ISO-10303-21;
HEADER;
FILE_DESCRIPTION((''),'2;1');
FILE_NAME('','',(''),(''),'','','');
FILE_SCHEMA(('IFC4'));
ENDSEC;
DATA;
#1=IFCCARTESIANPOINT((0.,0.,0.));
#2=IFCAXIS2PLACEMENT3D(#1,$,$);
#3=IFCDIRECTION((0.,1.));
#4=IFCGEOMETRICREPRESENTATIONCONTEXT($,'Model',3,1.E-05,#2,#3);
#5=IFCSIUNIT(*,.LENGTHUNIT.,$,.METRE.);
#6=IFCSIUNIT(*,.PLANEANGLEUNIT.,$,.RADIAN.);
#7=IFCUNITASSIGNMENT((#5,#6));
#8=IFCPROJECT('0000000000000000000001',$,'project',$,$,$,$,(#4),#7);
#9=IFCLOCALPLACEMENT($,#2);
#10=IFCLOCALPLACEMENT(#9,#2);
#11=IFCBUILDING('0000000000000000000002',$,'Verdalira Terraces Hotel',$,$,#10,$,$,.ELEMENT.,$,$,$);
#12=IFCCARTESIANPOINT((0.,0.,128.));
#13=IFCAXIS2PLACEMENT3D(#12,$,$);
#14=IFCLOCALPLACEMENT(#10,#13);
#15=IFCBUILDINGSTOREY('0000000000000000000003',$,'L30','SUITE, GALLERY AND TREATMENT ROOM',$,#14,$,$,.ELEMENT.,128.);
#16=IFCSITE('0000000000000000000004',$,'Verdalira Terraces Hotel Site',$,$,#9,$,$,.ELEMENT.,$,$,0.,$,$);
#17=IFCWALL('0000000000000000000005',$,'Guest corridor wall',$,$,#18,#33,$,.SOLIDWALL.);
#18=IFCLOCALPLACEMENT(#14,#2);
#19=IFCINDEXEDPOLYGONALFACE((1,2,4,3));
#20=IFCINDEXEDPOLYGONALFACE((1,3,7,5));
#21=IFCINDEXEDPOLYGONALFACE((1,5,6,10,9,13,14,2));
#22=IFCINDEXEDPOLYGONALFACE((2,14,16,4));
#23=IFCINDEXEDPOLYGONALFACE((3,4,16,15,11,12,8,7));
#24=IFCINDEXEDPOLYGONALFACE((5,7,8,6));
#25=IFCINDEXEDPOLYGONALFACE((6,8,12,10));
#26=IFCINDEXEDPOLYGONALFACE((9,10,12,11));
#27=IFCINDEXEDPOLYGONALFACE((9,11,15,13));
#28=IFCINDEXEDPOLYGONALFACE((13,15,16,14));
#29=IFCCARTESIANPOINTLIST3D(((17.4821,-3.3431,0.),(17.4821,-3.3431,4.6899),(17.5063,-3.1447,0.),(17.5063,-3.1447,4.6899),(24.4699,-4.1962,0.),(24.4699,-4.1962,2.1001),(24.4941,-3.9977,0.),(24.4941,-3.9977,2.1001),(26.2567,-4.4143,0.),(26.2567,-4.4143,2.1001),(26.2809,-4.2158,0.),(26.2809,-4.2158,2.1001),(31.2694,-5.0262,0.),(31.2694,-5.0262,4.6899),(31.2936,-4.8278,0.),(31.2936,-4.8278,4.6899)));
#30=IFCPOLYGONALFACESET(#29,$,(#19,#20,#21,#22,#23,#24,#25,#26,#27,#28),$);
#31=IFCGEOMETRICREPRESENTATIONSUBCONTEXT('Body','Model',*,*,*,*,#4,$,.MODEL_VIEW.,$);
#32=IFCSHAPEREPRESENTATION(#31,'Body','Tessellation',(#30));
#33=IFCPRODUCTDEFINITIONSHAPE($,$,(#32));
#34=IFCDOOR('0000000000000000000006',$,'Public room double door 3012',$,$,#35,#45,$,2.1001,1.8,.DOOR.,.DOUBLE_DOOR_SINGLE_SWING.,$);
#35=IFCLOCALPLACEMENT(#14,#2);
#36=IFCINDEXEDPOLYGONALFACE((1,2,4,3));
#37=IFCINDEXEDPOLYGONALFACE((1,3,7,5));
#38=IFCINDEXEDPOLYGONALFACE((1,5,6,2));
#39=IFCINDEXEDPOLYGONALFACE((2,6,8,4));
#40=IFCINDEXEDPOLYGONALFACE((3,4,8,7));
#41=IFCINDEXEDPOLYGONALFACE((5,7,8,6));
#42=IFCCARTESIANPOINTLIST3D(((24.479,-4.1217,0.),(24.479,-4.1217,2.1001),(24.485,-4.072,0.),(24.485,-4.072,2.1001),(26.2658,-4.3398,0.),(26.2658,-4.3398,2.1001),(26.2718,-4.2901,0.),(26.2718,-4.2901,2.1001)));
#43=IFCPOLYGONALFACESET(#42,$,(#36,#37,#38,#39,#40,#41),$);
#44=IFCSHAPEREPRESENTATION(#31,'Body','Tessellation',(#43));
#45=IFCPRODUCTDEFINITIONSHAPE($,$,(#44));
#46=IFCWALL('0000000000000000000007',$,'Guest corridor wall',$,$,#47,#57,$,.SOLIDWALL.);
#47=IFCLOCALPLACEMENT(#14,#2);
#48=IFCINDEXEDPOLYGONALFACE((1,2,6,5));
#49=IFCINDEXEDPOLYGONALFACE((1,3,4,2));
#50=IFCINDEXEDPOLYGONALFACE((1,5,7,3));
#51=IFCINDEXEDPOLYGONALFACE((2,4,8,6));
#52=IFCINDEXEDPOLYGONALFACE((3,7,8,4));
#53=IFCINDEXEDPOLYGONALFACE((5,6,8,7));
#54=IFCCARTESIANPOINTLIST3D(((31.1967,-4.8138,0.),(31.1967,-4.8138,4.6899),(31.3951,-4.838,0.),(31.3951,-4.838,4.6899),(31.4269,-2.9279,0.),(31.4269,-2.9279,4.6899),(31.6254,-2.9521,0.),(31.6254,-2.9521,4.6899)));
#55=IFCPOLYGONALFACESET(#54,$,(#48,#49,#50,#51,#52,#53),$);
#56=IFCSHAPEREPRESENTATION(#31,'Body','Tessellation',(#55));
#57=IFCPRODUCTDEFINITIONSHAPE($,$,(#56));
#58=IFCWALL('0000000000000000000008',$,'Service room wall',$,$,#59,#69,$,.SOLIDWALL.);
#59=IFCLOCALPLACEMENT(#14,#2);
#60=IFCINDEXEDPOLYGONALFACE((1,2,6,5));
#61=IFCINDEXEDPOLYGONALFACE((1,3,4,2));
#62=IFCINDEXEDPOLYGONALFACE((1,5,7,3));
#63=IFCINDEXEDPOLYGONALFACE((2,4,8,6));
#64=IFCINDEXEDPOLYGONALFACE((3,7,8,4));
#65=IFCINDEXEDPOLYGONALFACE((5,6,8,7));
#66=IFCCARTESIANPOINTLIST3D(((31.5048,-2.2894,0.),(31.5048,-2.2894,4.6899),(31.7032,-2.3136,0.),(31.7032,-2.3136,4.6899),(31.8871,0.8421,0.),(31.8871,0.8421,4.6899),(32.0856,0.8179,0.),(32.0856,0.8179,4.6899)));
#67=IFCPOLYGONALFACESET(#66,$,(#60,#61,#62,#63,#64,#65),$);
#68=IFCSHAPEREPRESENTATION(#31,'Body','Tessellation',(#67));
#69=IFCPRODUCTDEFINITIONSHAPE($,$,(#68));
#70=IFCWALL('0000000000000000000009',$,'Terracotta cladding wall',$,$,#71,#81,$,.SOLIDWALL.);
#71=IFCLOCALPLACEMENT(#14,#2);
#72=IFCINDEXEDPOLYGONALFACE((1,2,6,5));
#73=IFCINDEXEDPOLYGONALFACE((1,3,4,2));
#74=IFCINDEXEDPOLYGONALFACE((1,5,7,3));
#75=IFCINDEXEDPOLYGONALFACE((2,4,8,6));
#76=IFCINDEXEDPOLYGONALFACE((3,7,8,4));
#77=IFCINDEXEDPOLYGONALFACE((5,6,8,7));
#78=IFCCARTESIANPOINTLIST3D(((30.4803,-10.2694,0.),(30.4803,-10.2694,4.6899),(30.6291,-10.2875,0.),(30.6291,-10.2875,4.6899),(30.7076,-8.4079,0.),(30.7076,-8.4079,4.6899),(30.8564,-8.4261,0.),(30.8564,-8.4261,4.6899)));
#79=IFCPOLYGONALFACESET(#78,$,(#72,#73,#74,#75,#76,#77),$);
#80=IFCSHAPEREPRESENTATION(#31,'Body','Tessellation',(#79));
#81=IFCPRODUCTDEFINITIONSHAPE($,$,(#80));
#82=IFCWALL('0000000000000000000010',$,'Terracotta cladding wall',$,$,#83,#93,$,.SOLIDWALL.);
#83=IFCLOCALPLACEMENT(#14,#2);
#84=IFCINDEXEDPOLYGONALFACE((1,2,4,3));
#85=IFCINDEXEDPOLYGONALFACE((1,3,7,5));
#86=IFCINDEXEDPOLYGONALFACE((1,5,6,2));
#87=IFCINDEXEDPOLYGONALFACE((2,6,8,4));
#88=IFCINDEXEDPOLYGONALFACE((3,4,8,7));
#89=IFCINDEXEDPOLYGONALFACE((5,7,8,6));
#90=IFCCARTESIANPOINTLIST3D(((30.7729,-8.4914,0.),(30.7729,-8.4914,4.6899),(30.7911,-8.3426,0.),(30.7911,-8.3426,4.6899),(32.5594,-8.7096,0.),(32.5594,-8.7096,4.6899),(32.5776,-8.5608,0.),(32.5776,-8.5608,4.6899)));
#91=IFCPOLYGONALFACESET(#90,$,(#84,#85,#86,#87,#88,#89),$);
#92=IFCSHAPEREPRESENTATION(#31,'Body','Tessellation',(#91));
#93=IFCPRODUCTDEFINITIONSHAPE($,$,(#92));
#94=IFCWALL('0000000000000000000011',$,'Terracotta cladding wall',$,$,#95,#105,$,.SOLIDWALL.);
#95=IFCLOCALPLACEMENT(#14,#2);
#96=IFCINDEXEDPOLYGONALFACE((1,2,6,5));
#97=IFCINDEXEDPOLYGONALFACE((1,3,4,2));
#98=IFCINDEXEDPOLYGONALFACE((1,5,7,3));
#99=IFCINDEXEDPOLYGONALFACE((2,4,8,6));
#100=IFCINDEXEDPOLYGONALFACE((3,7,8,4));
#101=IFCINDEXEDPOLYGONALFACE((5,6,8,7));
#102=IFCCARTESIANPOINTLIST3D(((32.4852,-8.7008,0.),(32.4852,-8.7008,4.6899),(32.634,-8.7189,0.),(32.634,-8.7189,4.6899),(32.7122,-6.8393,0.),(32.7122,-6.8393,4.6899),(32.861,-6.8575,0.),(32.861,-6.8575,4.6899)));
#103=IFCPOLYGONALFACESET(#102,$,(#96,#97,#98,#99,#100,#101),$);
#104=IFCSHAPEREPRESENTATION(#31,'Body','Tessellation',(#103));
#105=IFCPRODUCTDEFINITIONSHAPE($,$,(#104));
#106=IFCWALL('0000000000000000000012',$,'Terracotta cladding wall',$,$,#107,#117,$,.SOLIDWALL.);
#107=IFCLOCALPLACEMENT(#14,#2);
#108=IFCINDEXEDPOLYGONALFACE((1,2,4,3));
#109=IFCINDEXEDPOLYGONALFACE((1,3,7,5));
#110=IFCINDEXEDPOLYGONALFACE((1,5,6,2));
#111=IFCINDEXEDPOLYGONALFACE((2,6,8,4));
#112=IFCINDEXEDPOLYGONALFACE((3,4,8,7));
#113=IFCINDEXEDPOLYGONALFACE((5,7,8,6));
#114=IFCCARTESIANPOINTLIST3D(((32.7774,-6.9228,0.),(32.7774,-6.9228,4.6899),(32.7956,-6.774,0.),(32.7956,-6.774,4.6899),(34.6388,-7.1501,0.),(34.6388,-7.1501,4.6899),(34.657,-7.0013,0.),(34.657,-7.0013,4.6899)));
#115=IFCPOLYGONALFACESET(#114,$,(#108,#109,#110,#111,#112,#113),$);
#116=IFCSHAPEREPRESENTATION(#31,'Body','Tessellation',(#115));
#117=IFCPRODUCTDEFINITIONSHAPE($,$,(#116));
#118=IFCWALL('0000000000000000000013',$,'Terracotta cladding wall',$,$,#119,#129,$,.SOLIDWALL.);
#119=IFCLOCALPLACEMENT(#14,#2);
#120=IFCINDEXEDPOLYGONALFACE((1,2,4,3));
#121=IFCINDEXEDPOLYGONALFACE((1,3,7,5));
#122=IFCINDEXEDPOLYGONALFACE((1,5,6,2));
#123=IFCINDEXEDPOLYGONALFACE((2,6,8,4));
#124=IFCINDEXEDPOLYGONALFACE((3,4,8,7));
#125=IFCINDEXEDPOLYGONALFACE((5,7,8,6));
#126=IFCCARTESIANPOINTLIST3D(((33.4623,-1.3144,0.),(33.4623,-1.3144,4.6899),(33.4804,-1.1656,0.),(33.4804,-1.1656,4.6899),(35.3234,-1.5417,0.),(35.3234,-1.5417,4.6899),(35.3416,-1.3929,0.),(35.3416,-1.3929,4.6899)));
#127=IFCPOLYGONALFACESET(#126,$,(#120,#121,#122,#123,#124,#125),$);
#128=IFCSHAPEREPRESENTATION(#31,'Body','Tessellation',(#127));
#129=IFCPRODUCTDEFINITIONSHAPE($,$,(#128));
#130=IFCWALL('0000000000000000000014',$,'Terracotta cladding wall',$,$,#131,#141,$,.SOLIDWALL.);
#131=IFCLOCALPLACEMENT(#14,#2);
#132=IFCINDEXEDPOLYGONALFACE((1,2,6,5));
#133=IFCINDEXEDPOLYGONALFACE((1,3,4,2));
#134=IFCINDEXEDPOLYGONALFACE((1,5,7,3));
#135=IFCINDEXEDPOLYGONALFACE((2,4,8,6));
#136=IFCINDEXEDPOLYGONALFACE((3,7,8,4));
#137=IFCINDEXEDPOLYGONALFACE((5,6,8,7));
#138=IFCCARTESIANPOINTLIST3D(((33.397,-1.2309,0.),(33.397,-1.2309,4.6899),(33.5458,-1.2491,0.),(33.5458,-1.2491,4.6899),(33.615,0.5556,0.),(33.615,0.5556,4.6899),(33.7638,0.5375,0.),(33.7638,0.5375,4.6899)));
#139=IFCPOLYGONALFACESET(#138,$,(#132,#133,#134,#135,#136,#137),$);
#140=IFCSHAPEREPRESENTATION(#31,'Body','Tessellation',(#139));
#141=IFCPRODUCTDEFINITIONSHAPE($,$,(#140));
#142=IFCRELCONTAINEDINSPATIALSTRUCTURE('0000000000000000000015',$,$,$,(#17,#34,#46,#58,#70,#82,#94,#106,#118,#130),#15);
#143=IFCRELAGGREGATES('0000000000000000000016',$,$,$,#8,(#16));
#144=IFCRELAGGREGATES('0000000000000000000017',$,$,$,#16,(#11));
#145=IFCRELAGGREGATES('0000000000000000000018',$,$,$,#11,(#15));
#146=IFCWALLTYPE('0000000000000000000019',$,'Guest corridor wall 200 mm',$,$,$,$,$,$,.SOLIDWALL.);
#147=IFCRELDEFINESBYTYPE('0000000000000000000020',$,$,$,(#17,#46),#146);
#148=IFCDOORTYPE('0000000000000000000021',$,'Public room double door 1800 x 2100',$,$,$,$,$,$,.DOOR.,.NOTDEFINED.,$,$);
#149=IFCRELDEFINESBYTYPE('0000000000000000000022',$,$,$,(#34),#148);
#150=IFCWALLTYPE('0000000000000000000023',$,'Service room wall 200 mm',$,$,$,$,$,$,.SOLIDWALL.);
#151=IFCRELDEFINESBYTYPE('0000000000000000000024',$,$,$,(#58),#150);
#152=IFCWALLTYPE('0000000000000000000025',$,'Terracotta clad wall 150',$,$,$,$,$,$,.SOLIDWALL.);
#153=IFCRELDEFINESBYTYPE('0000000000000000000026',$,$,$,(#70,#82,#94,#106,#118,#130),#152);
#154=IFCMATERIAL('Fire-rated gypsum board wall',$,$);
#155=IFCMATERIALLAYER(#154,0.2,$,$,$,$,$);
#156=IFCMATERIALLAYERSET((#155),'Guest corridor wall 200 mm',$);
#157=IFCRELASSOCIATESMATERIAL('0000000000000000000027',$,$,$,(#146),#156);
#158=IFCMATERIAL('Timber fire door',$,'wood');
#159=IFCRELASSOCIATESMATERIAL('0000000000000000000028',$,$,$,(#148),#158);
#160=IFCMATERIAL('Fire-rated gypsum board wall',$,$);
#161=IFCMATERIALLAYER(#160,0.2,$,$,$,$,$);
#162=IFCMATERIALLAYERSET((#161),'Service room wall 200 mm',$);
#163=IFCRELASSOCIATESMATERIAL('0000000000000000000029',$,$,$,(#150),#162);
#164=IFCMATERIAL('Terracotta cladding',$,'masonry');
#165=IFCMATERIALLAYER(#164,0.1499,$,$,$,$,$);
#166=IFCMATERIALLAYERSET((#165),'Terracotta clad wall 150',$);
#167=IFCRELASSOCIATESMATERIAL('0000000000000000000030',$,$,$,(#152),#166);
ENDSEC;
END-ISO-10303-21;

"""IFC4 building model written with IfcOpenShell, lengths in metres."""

from ifc_helpers import new_model, si_unit, direction, frame, frame_2d, origin, place, context, subcontext, project, spatial, rectangle, extrude, material, layer, layer_set, type_object, element, fill, save


model = new_model("IFC4")

# Units and contexts
model_context = context("Model", 3, precision=1e-05, world=origin(), true_north=direction((0.0, 1.0)))
body_context = subcontext(model_context, "Body", "Model", "MODEL_VIEW")
ifc_project = project(units=[si_unit("LENGTHUNIT", "METRE"), si_unit("PLANEANGLEUNIT", "RADIAN")], contexts=[model_context])

# Site, building, storey
site_placement = place(None, origin())
site = spatial("IfcSite", under=ifc_project, at=site_placement, Name="Verdalira Terraces Hotel Site", CompositionType="ELEMENT", RefElevation=0.0)
building_placement = place(site_placement, origin())
building = spatial("IfcBuilding", under=site, at=building_placement, Name="Verdalira Terraces Hotel", CompositionType="ELEMENT")
storey_placement = place(building_placement, frame((0.0, 0.0, 128.0)))
storey = spatial("IfcBuildingStorey", under=building, at=storey_placement, Name="L30", Description="SUITE, GALLERY AND TREATMENT ROOM", CompositionType="ELEMENT", Elevation=128.0)

# Wall, opening, door
ifc_material_1 = material(Name="Fire-rated gypsum board wall")
ifc_layer_1 = layer(ifc_material_1, 0.2)
ifc_layer_set_1 = layer_set([ifc_layer_1], Name="Guest corridor wall 200 mm")
wall_type_1 = type_object("IfcWallType", Name="Guest corridor wall 200 mm", PredefinedType="SOLIDWALL", material=ifc_layer_set_1)
wall_1_placement = place(storey_placement, frame((31.2815, -4.927, 0.0), z_axis=(0.0, 0.0, 1.0), x_axis=(-0.992631, 0.121176, 0.0)))
wall_1 = element("IfcWall", 1, at=wall_1_placement, inside=storey, type_object=wall_type_1, Name="Guest corridor wall", PredefinedType="SOLIDWALL", context=body_context, shape_type="SweptSolid", body=[
    extrude(rectangle(XDim=13.8896, YDim=0.2, at=frame_2d((6.9448, 0.0))), origin(), (0.0, 0.0, 1.0), 4.6899),
])
opening_placement = place(wall_1_placement, frame((5.05, 0.0, 0.0)))
opening = element("IfcOpeningElement", 2, at=opening_placement, cuts=wall_1, PredefinedType="OPENING", context=body_context, shape_type="SweptSolid", body=[
    extrude(rectangle(XDim=1.8, YDim=2.1001, at=frame_2d((0.8999, 1.05))), frame((0.0, 0.1099, 0.0), z_axis=(0.0, -1.0, 0.0), x_axis=(1.0, 0.0, 0.0)), (0.0, 0.0, 1.0), 0.22),
])
ifc_material_2 = material(Name="Timber fire door", Category="wood")
door_type = type_object("IfcDoorType", Name="Public room double door 1800 x 2100", OperationType="NOTDEFINED", PredefinedType="DOOR", material=ifc_material_2)
door_placement = place(opening_placement, origin())
door = element("IfcDoor", 3, at=door_placement, inside=storey, type_object=door_type, Name="Public room double door 3012", OperationType="DOUBLE_DOOR_SINGLE_SWING", OverallHeight=2.1001, OverallWidth=1.8, PredefinedType="DOOR", context=body_context, shape_type="SweptSolid", body=[
    extrude(rectangle(XDim=1.8, YDim=2.1001, at=frame_2d((0.8999, 1.05))), frame((0.0, 0.0249, 0.0), z_axis=(0.0, -1.0, 0.0), x_axis=(1.0, 0.0, 0.0)), (0.0, 0.0, 1.0), 0.05),
])
fill(opening, door)

# Walls
wall_2_placement = place(storey_placement, frame((31.2959, -4.8259, 0.0), z_axis=(0.0, 0.0, 1.0), x_axis=(0.121172, 0.992632, 0.0)))
element("IfcWall", 4, at=wall_2_placement, inside=storey, type_object=wall_type_1, Name="Guest corridor wall", PredefinedType="SOLIDWALL", context=body_context, shape_type="SweptSolid", body=[
    extrude(rectangle(XDim=1.8999, YDim=0.2, at=frame_2d((0.95, 0.0))), origin(), (0.0, 0.0, 1.0), 4.6899),
])
ifc_material_3 = material(Name="Fire-rated gypsum board wall")
ifc_layer_2 = layer(ifc_material_3, 0.2)
ifc_layer_set_2 = layer_set([ifc_layer_2], Name="Service room wall 200 mm")
wall_type_2 = type_object("IfcWallType", Name="Service room wall 200 mm", PredefinedType="SOLIDWALL", material=ifc_layer_set_2)
wall_3_placement = place(storey_placement, frame((31.604, -2.3015, 0.0), z_axis=(0.0, 0.0, 1.0), x_axis=(0.121186, 0.99263, 0.0)))
element("IfcWall", 5, at=wall_3_placement, inside=storey, type_object=wall_type_2, Name="Service room wall", PredefinedType="SOLIDWALL", context=body_context, shape_type="SweptSolid", body=[
    extrude(rectangle(XDim=3.1548, YDim=0.2, at=frame_2d((1.5774, 0.0))), origin(), (0.0, 0.0, 1.0), 4.6899),
])
ifc_material_4 = material(Name="Terracotta cladding", Category="masonry")
ifc_layer_3 = layer(ifc_material_4, 0.1499)
ifc_layer_set_3 = layer_set([ifc_layer_3], Name="Terracotta clad wall 150")
wall_type_3 = type_object("IfcWallType", Name="Terracotta clad wall 150", PredefinedType="SOLIDWALL", material=ifc_layer_set_3)
wall_4_placement = place(storey_placement, frame((30.5547, -10.2783, 0.0), z_axis=(0.0, 0.0, 1.0), x_axis=(0.121214, 0.992626, 0.0)))
element("IfcWall", 6, at=wall_4_placement, inside=storey, type_object=wall_type_3, Name="Terracotta cladding wall", PredefinedType="SOLIDWALL", context=body_context, shape_type="SweptSolid", body=[
    extrude(rectangle(XDim=1.8752, YDim=0.1499, at=frame_2d((0.9375, 0.0))), origin(), (0.0, 0.0, 1.0), 4.6899),
])
wall_5_placement = place(storey_placement, frame((30.782, -8.417, 0.0), z_axis=(0.0, 0.0, 1.0), x_axis=(0.99262, -0.121263, 0.0)))
element("IfcWall", 7, at=wall_5_placement, inside=storey, type_object=wall_type_3, Name="Terracotta cladding wall", PredefinedType="SOLIDWALL", context=body_context, shape_type="SweptSolid", body=[
    extrude(rectangle(XDim=1.7998, YDim=0.1499, at=frame_2d((0.8999, 0.0))), origin(), (0.0, 0.0, 1.0), 4.6899),
])
for number, where, z_axis, x_axis, name in (
    (8, (32.5596, -8.7097, 0.0), (0.0, 0.0, 1.0), (0.121086, 0.992642, 0.0), "Terracotta cladding wall"),
    (9, (32.7866, -6.8484, 0.0), (0.0, 0.0, 1.0), (0.992626, -0.121214, 0.0), "Terracotta cladding wall"),
):
    element("IfcWall", number, at=place(storey_placement, frame(where, z_axis=z_axis, x_axis=x_axis)), inside=storey, type_object=wall_type_3, Name=name, PredefinedType="SOLIDWALL", context=body_context, shape_type="SweptSolid", body=[
        extrude(rectangle(XDim=1.8752, YDim=0.1499, at=frame_2d((0.9375, 0.0))), origin(), (0.0, 0.0, 1.0), 4.6899),
    ])
wall_6_placement = place(storey_placement, frame((35.3325, -1.4673, 0.0), z_axis=(0.0, 0.0, 1.0), x_axis=(-0.992624, 0.12123, 0.0)))
element("IfcWall", 10, at=wall_6_placement, inside=storey, type_object=wall_type_3, Name="Terracotta cladding wall", PredefinedType="SOLIDWALL", context=body_context, shape_type="SweptSolid", body=[
    extrude(rectangle(XDim=1.875, YDim=0.1499, at=frame_2d((0.9375, 0.0))), origin(), (0.0, 0.0, 1.0), 4.6899),
])
wall_7_placement = place(storey_placement, frame((33.4714, -1.24, 0.0), z_axis=(0.0, 0.0, 1.0), x_axis=(0.121129, 0.992637, 0.0)))
element("IfcWall", 11, at=wall_7_placement, inside=storey, type_object=wall_type_3, Name="Terracotta cladding wall", PredefinedType="SOLIDWALL", context=body_context, shape_type="SweptSolid", body=[
    extrude(rectangle(XDim=1.7998, YDim=0.1499, at=frame_2d((0.8999, 0.0))), origin(), (0.0, 0.0, 1.0), 4.6899),
])

save(model, "model.ifc")
